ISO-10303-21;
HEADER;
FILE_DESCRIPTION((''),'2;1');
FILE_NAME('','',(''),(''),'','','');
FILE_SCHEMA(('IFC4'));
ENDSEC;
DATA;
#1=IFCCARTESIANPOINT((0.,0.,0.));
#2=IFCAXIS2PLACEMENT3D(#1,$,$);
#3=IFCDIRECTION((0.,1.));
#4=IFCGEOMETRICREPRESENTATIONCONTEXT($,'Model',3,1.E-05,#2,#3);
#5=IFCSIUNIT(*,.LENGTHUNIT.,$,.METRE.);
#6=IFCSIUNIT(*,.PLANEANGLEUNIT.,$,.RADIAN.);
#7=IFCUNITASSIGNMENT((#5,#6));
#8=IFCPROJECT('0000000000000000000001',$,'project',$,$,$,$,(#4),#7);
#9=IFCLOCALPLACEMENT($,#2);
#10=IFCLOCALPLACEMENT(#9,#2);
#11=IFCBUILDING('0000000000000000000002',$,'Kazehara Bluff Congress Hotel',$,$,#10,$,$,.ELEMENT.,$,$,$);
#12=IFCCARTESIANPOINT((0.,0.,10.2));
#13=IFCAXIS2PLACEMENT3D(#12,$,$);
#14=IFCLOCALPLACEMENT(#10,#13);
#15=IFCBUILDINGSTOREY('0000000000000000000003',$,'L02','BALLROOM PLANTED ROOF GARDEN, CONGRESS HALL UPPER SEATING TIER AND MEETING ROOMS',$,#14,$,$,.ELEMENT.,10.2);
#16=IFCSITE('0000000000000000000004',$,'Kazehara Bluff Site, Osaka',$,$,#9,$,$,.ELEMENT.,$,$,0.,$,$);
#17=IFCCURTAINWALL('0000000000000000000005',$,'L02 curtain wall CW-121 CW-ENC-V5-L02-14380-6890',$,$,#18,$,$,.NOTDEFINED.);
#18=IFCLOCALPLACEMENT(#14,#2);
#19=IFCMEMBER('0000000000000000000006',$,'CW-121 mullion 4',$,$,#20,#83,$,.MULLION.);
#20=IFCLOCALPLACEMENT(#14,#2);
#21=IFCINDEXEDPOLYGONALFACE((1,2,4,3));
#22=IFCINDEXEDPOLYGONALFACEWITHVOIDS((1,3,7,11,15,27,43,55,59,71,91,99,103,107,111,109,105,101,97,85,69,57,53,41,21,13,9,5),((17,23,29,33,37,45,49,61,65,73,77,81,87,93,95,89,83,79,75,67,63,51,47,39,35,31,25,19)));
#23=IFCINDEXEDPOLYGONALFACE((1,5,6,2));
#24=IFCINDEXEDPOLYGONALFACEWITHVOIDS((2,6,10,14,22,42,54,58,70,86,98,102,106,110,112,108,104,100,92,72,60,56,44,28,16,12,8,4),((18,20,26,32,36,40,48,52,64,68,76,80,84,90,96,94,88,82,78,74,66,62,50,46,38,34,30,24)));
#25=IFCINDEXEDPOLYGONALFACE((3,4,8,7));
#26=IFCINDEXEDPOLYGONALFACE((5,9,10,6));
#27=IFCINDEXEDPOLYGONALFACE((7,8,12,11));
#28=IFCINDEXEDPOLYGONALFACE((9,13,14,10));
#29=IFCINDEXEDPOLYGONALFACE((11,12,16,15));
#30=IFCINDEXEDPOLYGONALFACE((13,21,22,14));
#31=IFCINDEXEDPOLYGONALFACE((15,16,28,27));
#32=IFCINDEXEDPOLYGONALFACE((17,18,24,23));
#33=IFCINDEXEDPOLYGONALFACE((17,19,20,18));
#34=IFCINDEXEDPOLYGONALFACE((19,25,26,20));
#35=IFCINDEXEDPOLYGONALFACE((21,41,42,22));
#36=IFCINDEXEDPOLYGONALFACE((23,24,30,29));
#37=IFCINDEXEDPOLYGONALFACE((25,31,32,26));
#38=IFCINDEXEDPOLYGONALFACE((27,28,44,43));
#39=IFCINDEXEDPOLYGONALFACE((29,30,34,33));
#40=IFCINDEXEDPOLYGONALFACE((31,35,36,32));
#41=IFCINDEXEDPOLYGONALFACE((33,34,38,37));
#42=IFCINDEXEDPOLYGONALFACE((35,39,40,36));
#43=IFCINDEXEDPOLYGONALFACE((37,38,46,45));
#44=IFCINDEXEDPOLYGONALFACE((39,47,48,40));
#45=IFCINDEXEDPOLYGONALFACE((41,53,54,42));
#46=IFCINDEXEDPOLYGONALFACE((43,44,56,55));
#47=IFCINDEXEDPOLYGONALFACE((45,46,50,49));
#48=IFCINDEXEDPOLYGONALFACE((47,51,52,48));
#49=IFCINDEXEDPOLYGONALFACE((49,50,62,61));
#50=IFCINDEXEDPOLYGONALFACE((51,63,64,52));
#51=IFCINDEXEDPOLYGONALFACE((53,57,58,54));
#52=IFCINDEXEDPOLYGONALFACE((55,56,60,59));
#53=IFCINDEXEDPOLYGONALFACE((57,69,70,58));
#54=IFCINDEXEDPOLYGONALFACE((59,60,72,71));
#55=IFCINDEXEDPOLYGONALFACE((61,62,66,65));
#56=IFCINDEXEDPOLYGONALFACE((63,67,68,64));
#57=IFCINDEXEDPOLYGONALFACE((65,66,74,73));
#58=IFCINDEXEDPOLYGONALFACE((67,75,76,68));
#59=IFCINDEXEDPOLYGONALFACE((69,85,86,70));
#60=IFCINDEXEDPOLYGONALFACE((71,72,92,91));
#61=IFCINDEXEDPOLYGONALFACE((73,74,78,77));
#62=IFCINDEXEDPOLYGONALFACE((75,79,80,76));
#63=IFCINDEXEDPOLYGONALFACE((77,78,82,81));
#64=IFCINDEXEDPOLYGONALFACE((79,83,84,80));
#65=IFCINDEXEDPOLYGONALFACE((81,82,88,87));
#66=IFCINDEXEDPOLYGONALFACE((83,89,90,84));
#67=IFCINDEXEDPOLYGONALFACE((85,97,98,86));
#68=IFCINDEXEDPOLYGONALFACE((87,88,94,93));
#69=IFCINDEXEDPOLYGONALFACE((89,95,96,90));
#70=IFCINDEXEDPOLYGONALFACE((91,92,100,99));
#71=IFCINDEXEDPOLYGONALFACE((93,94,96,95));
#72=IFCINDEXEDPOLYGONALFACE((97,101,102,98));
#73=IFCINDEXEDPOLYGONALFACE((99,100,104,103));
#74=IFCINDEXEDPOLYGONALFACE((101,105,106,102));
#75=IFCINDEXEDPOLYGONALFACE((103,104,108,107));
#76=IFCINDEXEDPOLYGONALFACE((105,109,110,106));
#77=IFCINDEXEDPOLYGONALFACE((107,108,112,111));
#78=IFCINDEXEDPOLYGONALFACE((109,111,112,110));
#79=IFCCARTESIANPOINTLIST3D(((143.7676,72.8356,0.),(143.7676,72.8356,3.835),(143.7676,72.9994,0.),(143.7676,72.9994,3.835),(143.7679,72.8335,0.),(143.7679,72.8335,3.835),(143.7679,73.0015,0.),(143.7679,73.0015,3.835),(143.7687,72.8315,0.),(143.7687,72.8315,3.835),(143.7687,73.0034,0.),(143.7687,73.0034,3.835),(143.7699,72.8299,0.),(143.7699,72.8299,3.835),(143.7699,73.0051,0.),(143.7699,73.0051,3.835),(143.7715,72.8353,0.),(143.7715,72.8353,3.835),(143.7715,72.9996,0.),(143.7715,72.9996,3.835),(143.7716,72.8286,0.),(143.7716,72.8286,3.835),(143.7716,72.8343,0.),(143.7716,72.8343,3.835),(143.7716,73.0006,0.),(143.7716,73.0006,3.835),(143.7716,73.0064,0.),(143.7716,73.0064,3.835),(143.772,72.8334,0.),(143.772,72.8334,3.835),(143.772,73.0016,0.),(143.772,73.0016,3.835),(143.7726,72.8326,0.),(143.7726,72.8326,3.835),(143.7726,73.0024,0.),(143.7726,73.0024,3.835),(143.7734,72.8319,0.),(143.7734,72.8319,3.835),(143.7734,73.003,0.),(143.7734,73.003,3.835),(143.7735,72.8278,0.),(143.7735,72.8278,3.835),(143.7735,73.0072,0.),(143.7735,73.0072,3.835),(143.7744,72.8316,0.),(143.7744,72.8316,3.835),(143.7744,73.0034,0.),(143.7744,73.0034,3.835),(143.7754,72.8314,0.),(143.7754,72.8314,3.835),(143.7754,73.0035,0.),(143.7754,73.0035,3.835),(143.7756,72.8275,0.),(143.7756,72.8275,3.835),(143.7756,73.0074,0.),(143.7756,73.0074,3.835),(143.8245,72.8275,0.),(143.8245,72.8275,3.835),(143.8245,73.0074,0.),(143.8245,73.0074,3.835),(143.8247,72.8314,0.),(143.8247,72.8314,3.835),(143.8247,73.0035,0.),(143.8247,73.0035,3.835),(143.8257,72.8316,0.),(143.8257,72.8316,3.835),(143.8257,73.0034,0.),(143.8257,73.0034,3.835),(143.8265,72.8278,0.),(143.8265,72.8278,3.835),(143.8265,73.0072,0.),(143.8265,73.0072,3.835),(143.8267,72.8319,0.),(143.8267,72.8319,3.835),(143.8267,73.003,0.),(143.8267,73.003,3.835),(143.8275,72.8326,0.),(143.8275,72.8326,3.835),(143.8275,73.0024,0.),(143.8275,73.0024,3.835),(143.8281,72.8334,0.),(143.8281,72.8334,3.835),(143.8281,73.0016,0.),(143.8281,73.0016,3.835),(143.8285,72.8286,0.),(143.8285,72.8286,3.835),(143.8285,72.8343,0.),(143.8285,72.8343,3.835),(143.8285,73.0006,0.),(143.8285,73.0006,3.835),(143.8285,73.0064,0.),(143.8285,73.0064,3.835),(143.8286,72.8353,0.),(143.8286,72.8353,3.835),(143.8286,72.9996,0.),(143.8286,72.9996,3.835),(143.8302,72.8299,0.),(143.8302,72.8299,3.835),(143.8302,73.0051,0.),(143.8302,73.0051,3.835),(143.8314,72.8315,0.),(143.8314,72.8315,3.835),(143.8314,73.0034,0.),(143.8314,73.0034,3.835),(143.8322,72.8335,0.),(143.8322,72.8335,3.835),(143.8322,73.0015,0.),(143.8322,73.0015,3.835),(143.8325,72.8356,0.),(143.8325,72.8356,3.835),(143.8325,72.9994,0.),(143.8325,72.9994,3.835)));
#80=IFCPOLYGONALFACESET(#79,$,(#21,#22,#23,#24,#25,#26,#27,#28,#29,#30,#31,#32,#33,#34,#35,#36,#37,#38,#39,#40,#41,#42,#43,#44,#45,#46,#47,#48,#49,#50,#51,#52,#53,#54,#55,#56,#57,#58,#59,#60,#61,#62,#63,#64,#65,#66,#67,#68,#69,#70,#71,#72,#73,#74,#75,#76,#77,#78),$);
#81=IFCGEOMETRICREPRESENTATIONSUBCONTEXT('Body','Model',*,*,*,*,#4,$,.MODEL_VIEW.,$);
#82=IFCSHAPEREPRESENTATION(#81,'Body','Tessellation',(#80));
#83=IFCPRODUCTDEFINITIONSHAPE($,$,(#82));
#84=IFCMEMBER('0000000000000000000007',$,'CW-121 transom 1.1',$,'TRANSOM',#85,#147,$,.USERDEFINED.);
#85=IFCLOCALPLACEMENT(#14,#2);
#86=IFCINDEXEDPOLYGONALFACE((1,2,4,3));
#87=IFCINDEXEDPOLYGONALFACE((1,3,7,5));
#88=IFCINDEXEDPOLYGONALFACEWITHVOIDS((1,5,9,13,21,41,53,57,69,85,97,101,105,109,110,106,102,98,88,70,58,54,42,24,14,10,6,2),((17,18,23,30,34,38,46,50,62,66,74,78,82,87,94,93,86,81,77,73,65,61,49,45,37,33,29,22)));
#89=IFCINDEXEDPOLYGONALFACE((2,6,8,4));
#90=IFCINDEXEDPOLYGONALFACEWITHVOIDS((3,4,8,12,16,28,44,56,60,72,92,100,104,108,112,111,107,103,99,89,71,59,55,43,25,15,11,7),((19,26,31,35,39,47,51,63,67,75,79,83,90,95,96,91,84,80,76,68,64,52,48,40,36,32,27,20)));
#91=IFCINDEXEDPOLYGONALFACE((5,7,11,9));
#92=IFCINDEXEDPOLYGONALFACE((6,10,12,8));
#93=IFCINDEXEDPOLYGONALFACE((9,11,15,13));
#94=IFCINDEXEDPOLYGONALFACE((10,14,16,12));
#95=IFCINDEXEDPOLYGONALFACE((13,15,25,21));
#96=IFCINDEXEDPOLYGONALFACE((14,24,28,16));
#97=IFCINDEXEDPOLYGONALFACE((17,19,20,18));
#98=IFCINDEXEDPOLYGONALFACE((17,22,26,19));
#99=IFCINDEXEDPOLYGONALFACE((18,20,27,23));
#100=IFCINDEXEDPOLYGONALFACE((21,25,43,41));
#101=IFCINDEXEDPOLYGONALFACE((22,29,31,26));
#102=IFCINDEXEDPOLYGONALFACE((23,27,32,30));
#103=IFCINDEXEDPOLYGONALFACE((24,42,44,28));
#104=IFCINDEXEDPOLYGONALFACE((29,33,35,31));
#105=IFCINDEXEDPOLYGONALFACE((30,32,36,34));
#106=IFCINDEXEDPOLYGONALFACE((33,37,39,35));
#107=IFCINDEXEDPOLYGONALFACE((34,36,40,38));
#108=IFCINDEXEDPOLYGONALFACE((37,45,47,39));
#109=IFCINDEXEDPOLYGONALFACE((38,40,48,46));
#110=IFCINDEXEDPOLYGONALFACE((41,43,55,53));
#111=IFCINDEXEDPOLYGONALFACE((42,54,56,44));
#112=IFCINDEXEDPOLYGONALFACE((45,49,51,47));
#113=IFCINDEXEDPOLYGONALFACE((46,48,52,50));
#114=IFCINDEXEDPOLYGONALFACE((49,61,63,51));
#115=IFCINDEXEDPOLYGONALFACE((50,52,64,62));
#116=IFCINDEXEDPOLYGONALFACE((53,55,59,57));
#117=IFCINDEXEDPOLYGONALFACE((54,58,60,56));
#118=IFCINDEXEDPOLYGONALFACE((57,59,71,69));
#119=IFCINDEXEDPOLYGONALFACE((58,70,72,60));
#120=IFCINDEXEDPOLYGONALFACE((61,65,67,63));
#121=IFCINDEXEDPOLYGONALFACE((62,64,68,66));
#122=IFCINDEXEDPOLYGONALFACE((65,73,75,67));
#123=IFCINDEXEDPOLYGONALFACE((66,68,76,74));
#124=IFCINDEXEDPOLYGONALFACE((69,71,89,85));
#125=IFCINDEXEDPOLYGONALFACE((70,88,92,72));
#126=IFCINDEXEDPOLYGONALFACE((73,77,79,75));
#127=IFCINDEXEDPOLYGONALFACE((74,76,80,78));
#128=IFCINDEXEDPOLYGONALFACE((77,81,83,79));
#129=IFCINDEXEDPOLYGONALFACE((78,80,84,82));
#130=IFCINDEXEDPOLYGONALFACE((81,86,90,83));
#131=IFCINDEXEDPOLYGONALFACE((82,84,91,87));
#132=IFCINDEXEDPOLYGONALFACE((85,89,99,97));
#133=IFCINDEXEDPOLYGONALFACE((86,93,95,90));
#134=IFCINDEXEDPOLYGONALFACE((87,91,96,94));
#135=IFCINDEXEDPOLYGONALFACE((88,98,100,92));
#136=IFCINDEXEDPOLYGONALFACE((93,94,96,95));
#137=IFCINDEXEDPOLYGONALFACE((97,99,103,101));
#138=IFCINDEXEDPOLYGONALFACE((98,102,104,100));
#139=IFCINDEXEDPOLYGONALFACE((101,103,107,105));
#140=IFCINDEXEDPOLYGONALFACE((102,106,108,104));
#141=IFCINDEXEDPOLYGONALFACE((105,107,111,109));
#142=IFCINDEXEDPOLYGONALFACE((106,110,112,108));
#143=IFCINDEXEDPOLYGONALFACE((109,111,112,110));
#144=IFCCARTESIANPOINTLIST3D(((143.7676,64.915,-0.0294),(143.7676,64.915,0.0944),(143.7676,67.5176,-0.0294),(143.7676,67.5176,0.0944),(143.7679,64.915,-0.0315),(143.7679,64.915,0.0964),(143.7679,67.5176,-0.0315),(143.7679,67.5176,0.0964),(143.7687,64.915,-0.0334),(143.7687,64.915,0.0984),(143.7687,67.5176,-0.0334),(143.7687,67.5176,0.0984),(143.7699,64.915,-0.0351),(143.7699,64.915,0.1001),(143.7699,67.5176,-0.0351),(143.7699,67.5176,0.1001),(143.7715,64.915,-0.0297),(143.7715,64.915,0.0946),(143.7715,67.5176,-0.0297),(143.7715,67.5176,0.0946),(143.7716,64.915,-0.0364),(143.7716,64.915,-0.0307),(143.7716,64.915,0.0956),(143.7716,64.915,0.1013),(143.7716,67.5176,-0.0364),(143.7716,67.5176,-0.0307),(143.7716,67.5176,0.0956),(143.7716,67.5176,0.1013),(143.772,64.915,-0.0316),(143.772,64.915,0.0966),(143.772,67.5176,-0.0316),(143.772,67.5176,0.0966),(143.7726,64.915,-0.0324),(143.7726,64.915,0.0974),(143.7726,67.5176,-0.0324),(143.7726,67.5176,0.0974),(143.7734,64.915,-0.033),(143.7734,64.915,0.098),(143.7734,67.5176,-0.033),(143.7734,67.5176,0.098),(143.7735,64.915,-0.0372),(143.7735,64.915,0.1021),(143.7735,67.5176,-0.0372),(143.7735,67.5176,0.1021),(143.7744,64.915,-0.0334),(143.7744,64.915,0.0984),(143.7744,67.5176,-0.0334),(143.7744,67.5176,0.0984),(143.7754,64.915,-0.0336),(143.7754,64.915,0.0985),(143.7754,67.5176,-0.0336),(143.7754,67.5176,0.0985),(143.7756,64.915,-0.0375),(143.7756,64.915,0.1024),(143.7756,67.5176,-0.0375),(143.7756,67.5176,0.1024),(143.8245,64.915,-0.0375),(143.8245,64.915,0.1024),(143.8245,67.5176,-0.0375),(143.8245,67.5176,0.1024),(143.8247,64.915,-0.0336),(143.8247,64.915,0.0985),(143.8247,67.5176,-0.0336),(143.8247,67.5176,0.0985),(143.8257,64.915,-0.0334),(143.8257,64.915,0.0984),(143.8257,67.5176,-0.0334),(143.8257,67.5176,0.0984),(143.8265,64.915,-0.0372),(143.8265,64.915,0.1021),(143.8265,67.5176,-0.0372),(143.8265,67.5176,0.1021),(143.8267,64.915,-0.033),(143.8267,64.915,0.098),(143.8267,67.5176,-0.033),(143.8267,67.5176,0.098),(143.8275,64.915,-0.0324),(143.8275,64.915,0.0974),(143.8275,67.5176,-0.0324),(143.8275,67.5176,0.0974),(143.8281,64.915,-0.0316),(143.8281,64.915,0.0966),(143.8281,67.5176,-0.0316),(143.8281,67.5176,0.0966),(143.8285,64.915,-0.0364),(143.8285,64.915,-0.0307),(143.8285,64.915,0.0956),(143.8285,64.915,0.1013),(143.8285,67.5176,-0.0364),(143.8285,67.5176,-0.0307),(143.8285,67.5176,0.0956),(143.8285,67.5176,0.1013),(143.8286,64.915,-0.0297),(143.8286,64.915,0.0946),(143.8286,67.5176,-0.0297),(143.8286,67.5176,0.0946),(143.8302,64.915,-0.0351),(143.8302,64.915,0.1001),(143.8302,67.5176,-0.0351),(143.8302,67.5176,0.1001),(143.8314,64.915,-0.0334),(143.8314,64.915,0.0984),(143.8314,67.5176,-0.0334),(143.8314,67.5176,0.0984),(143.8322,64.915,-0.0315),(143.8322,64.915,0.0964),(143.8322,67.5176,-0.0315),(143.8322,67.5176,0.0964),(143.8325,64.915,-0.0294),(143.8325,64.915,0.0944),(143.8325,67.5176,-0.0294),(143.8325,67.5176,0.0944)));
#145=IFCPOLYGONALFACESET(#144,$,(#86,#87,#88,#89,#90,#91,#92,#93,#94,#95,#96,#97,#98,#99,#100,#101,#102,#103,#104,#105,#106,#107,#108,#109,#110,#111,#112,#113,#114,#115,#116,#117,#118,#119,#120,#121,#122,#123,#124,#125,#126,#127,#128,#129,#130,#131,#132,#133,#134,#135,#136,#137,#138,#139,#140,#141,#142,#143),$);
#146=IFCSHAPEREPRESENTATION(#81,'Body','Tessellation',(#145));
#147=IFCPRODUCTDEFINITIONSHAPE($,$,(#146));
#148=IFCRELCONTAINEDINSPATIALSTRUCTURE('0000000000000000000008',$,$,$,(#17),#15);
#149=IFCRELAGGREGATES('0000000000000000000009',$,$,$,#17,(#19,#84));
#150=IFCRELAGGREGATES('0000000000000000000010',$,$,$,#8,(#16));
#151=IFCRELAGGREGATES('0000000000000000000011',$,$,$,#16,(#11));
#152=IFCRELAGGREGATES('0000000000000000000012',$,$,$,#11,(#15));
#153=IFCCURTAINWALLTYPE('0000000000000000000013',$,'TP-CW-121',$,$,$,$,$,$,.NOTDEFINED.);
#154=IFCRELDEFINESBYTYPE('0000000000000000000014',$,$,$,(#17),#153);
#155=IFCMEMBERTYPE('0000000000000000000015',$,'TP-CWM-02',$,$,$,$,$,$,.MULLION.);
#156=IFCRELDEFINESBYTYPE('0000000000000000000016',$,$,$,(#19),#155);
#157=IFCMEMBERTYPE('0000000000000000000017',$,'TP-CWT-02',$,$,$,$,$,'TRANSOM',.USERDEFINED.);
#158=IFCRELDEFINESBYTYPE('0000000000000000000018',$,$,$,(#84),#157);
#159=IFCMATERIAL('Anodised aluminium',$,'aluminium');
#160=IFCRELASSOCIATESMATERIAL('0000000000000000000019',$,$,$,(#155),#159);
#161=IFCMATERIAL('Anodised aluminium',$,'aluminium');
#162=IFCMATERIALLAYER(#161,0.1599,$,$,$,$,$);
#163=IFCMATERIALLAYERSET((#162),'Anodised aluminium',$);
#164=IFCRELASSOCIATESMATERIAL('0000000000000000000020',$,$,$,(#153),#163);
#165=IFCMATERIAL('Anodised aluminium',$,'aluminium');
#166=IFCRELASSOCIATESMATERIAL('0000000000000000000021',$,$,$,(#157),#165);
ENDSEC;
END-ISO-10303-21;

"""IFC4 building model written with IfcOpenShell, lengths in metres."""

from ifc_helpers import new_model, si_unit, direction, frame, origin, origin_2d, place, context, subcontext, project, spatial, hollow_rectangle, extrude, material, layer, layer_set, material_profile, profile_set, type_object, element, aggregate, save


model = new_model("IFC4")

# Units and contexts
model_context = context("Model", 3, precision=1e-05, world=origin(), true_north=direction((0.0, 1.0)))
body_context = subcontext(model_context, "Body", "Model", "MODEL_VIEW")
ifc_project = project(units=[si_unit("LENGTHUNIT", "METRE"), si_unit("PLANEANGLEUNIT", "RADIAN")], contexts=[model_context])

# Site, building, storey
site_placement = place(None, origin())
site = spatial("IfcSite", under=ifc_project, at=site_placement, Name="Kazehara Bluff Site, Osaka", CompositionType="ELEMENT", RefElevation=0.0)
building_placement = place(site_placement, origin())
building = spatial("IfcBuilding", under=site, at=building_placement, Name="Kazehara Bluff Congress Hotel", CompositionType="ELEMENT")
storey_placement = place(building_placement, frame((0.0, 0.0, 10.2)))
storey = spatial("IfcBuildingStorey", under=building, at=storey_placement, Name="L02", Description="BALLROOM PLANTED ROOF GARDEN, CONGRESS HALL UPPER SEATING TIER AND MEETING ROOMS", CompositionType="ELEMENT", Elevation=10.2)

# Shared definitions
ifc_material_1 = material(Name="Anodised aluminium", Category="aluminium")
ifc_material_profile_1 = material_profile(ifc_material_1, hollow_rectangle(XDim=0.0649, YDim=0.1799, WallThickness=0.0039, InnerFilletRadius=0.0039, OuterFilletRadius=0.0081, at=origin_2d()))
ifc_profile_set_1 = profile_set([ifc_material_profile_1], Name="Anodised aluminium")
member_type_1 = type_object("IfcMemberType", Name="TP-CWM-02", PredefinedType="MULLION", material=ifc_profile_set_1)

# Curtain wall, members
ifc_material_2 = material(Name="Anodised aluminium", Category="aluminium")
ifc_layer_1 = layer(ifc_material_2, 0.1599)
ifc_layer_set_1 = layer_set([ifc_layer_1], Name="Anodised aluminium")
curtain_wall_type_1 = type_object("IfcCurtainWallType", Name="TP-CW-121", PredefinedType="NOTDEFINED", material=ifc_layer_set_1)
curtain_wall_1_placement = place(storey_placement, origin())
curtain_wall_1 = element("IfcCurtainWall", 1, at=curtain_wall_1_placement, inside=storey, type_object=curtain_wall_type_1, Name="L02 curtain wall CW-121 CW-ENC-V5-L02-14380-6890", PredefinedType="NOTDEFINED")
member_1_placement = place(storey_placement, frame((143.8, 72.9175, 0.0), z_axis=(0.0, 0.0, 1.0), x_axis=(-1.0, 0.0, 0.0)))
member_1 = element("IfcMember", 2, at=member_1_placement, type_object=member_type_1, Name="CW-121 mullion 4", PredefinedType="MULLION", context=body_context, shape_type="SweptSolid", body=[
    extrude(hollow_rectangle(XDim=0.0649, YDim=0.1799, WallThickness=0.0039, InnerFilletRadius=0.0039, OuterFilletRadius=0.0081, at=origin_2d()), origin(), (0.0, 0.0, 1.0), 3.835),
])
ifc_material_3 = material(Name="Anodised aluminium", Category="aluminium")
ifc_material_profile_2 = material_profile(ifc_material_3, hollow_rectangle(XDim=0.0649, YDim=0.1399, WallThickness=0.0039, InnerFilletRadius=0.0039, OuterFilletRadius=0.0081, at=origin_2d()))
ifc_profile_set_2 = profile_set([ifc_material_profile_2], Name="Anodised aluminium")
member_type_2 = type_object("IfcMemberType", Name="TP-CWT-02", ElementType="TRANSOM", PredefinedType="USERDEFINED", material=ifc_profile_set_2)
member_2_placement = place(storey_placement, frame((143.8, 64.915, 0.0325), z_axis=(0.0, 1.0, 0.0), x_axis=(-1.0, 0.0, 0.0)))
member_2 = element("IfcMember", 3, at=member_2_placement, type_object=member_type_2, Name="CW-121 transom 1.1", ObjectType="TRANSOM", PredefinedType="USERDEFINED", context=body_context, shape_type="SweptSolid", body=[
    extrude(hollow_rectangle(XDim=0.0649, YDim=0.1399, WallThickness=0.0039, InnerFilletRadius=0.0039, OuterFilletRadius=0.0081, at=origin_2d()), origin(), (0.0, 0.0, 1.0), 2.6025),
])

aggregate(curtain_wall_1, [member_1, member_2])

save(model, "model.ifc")
